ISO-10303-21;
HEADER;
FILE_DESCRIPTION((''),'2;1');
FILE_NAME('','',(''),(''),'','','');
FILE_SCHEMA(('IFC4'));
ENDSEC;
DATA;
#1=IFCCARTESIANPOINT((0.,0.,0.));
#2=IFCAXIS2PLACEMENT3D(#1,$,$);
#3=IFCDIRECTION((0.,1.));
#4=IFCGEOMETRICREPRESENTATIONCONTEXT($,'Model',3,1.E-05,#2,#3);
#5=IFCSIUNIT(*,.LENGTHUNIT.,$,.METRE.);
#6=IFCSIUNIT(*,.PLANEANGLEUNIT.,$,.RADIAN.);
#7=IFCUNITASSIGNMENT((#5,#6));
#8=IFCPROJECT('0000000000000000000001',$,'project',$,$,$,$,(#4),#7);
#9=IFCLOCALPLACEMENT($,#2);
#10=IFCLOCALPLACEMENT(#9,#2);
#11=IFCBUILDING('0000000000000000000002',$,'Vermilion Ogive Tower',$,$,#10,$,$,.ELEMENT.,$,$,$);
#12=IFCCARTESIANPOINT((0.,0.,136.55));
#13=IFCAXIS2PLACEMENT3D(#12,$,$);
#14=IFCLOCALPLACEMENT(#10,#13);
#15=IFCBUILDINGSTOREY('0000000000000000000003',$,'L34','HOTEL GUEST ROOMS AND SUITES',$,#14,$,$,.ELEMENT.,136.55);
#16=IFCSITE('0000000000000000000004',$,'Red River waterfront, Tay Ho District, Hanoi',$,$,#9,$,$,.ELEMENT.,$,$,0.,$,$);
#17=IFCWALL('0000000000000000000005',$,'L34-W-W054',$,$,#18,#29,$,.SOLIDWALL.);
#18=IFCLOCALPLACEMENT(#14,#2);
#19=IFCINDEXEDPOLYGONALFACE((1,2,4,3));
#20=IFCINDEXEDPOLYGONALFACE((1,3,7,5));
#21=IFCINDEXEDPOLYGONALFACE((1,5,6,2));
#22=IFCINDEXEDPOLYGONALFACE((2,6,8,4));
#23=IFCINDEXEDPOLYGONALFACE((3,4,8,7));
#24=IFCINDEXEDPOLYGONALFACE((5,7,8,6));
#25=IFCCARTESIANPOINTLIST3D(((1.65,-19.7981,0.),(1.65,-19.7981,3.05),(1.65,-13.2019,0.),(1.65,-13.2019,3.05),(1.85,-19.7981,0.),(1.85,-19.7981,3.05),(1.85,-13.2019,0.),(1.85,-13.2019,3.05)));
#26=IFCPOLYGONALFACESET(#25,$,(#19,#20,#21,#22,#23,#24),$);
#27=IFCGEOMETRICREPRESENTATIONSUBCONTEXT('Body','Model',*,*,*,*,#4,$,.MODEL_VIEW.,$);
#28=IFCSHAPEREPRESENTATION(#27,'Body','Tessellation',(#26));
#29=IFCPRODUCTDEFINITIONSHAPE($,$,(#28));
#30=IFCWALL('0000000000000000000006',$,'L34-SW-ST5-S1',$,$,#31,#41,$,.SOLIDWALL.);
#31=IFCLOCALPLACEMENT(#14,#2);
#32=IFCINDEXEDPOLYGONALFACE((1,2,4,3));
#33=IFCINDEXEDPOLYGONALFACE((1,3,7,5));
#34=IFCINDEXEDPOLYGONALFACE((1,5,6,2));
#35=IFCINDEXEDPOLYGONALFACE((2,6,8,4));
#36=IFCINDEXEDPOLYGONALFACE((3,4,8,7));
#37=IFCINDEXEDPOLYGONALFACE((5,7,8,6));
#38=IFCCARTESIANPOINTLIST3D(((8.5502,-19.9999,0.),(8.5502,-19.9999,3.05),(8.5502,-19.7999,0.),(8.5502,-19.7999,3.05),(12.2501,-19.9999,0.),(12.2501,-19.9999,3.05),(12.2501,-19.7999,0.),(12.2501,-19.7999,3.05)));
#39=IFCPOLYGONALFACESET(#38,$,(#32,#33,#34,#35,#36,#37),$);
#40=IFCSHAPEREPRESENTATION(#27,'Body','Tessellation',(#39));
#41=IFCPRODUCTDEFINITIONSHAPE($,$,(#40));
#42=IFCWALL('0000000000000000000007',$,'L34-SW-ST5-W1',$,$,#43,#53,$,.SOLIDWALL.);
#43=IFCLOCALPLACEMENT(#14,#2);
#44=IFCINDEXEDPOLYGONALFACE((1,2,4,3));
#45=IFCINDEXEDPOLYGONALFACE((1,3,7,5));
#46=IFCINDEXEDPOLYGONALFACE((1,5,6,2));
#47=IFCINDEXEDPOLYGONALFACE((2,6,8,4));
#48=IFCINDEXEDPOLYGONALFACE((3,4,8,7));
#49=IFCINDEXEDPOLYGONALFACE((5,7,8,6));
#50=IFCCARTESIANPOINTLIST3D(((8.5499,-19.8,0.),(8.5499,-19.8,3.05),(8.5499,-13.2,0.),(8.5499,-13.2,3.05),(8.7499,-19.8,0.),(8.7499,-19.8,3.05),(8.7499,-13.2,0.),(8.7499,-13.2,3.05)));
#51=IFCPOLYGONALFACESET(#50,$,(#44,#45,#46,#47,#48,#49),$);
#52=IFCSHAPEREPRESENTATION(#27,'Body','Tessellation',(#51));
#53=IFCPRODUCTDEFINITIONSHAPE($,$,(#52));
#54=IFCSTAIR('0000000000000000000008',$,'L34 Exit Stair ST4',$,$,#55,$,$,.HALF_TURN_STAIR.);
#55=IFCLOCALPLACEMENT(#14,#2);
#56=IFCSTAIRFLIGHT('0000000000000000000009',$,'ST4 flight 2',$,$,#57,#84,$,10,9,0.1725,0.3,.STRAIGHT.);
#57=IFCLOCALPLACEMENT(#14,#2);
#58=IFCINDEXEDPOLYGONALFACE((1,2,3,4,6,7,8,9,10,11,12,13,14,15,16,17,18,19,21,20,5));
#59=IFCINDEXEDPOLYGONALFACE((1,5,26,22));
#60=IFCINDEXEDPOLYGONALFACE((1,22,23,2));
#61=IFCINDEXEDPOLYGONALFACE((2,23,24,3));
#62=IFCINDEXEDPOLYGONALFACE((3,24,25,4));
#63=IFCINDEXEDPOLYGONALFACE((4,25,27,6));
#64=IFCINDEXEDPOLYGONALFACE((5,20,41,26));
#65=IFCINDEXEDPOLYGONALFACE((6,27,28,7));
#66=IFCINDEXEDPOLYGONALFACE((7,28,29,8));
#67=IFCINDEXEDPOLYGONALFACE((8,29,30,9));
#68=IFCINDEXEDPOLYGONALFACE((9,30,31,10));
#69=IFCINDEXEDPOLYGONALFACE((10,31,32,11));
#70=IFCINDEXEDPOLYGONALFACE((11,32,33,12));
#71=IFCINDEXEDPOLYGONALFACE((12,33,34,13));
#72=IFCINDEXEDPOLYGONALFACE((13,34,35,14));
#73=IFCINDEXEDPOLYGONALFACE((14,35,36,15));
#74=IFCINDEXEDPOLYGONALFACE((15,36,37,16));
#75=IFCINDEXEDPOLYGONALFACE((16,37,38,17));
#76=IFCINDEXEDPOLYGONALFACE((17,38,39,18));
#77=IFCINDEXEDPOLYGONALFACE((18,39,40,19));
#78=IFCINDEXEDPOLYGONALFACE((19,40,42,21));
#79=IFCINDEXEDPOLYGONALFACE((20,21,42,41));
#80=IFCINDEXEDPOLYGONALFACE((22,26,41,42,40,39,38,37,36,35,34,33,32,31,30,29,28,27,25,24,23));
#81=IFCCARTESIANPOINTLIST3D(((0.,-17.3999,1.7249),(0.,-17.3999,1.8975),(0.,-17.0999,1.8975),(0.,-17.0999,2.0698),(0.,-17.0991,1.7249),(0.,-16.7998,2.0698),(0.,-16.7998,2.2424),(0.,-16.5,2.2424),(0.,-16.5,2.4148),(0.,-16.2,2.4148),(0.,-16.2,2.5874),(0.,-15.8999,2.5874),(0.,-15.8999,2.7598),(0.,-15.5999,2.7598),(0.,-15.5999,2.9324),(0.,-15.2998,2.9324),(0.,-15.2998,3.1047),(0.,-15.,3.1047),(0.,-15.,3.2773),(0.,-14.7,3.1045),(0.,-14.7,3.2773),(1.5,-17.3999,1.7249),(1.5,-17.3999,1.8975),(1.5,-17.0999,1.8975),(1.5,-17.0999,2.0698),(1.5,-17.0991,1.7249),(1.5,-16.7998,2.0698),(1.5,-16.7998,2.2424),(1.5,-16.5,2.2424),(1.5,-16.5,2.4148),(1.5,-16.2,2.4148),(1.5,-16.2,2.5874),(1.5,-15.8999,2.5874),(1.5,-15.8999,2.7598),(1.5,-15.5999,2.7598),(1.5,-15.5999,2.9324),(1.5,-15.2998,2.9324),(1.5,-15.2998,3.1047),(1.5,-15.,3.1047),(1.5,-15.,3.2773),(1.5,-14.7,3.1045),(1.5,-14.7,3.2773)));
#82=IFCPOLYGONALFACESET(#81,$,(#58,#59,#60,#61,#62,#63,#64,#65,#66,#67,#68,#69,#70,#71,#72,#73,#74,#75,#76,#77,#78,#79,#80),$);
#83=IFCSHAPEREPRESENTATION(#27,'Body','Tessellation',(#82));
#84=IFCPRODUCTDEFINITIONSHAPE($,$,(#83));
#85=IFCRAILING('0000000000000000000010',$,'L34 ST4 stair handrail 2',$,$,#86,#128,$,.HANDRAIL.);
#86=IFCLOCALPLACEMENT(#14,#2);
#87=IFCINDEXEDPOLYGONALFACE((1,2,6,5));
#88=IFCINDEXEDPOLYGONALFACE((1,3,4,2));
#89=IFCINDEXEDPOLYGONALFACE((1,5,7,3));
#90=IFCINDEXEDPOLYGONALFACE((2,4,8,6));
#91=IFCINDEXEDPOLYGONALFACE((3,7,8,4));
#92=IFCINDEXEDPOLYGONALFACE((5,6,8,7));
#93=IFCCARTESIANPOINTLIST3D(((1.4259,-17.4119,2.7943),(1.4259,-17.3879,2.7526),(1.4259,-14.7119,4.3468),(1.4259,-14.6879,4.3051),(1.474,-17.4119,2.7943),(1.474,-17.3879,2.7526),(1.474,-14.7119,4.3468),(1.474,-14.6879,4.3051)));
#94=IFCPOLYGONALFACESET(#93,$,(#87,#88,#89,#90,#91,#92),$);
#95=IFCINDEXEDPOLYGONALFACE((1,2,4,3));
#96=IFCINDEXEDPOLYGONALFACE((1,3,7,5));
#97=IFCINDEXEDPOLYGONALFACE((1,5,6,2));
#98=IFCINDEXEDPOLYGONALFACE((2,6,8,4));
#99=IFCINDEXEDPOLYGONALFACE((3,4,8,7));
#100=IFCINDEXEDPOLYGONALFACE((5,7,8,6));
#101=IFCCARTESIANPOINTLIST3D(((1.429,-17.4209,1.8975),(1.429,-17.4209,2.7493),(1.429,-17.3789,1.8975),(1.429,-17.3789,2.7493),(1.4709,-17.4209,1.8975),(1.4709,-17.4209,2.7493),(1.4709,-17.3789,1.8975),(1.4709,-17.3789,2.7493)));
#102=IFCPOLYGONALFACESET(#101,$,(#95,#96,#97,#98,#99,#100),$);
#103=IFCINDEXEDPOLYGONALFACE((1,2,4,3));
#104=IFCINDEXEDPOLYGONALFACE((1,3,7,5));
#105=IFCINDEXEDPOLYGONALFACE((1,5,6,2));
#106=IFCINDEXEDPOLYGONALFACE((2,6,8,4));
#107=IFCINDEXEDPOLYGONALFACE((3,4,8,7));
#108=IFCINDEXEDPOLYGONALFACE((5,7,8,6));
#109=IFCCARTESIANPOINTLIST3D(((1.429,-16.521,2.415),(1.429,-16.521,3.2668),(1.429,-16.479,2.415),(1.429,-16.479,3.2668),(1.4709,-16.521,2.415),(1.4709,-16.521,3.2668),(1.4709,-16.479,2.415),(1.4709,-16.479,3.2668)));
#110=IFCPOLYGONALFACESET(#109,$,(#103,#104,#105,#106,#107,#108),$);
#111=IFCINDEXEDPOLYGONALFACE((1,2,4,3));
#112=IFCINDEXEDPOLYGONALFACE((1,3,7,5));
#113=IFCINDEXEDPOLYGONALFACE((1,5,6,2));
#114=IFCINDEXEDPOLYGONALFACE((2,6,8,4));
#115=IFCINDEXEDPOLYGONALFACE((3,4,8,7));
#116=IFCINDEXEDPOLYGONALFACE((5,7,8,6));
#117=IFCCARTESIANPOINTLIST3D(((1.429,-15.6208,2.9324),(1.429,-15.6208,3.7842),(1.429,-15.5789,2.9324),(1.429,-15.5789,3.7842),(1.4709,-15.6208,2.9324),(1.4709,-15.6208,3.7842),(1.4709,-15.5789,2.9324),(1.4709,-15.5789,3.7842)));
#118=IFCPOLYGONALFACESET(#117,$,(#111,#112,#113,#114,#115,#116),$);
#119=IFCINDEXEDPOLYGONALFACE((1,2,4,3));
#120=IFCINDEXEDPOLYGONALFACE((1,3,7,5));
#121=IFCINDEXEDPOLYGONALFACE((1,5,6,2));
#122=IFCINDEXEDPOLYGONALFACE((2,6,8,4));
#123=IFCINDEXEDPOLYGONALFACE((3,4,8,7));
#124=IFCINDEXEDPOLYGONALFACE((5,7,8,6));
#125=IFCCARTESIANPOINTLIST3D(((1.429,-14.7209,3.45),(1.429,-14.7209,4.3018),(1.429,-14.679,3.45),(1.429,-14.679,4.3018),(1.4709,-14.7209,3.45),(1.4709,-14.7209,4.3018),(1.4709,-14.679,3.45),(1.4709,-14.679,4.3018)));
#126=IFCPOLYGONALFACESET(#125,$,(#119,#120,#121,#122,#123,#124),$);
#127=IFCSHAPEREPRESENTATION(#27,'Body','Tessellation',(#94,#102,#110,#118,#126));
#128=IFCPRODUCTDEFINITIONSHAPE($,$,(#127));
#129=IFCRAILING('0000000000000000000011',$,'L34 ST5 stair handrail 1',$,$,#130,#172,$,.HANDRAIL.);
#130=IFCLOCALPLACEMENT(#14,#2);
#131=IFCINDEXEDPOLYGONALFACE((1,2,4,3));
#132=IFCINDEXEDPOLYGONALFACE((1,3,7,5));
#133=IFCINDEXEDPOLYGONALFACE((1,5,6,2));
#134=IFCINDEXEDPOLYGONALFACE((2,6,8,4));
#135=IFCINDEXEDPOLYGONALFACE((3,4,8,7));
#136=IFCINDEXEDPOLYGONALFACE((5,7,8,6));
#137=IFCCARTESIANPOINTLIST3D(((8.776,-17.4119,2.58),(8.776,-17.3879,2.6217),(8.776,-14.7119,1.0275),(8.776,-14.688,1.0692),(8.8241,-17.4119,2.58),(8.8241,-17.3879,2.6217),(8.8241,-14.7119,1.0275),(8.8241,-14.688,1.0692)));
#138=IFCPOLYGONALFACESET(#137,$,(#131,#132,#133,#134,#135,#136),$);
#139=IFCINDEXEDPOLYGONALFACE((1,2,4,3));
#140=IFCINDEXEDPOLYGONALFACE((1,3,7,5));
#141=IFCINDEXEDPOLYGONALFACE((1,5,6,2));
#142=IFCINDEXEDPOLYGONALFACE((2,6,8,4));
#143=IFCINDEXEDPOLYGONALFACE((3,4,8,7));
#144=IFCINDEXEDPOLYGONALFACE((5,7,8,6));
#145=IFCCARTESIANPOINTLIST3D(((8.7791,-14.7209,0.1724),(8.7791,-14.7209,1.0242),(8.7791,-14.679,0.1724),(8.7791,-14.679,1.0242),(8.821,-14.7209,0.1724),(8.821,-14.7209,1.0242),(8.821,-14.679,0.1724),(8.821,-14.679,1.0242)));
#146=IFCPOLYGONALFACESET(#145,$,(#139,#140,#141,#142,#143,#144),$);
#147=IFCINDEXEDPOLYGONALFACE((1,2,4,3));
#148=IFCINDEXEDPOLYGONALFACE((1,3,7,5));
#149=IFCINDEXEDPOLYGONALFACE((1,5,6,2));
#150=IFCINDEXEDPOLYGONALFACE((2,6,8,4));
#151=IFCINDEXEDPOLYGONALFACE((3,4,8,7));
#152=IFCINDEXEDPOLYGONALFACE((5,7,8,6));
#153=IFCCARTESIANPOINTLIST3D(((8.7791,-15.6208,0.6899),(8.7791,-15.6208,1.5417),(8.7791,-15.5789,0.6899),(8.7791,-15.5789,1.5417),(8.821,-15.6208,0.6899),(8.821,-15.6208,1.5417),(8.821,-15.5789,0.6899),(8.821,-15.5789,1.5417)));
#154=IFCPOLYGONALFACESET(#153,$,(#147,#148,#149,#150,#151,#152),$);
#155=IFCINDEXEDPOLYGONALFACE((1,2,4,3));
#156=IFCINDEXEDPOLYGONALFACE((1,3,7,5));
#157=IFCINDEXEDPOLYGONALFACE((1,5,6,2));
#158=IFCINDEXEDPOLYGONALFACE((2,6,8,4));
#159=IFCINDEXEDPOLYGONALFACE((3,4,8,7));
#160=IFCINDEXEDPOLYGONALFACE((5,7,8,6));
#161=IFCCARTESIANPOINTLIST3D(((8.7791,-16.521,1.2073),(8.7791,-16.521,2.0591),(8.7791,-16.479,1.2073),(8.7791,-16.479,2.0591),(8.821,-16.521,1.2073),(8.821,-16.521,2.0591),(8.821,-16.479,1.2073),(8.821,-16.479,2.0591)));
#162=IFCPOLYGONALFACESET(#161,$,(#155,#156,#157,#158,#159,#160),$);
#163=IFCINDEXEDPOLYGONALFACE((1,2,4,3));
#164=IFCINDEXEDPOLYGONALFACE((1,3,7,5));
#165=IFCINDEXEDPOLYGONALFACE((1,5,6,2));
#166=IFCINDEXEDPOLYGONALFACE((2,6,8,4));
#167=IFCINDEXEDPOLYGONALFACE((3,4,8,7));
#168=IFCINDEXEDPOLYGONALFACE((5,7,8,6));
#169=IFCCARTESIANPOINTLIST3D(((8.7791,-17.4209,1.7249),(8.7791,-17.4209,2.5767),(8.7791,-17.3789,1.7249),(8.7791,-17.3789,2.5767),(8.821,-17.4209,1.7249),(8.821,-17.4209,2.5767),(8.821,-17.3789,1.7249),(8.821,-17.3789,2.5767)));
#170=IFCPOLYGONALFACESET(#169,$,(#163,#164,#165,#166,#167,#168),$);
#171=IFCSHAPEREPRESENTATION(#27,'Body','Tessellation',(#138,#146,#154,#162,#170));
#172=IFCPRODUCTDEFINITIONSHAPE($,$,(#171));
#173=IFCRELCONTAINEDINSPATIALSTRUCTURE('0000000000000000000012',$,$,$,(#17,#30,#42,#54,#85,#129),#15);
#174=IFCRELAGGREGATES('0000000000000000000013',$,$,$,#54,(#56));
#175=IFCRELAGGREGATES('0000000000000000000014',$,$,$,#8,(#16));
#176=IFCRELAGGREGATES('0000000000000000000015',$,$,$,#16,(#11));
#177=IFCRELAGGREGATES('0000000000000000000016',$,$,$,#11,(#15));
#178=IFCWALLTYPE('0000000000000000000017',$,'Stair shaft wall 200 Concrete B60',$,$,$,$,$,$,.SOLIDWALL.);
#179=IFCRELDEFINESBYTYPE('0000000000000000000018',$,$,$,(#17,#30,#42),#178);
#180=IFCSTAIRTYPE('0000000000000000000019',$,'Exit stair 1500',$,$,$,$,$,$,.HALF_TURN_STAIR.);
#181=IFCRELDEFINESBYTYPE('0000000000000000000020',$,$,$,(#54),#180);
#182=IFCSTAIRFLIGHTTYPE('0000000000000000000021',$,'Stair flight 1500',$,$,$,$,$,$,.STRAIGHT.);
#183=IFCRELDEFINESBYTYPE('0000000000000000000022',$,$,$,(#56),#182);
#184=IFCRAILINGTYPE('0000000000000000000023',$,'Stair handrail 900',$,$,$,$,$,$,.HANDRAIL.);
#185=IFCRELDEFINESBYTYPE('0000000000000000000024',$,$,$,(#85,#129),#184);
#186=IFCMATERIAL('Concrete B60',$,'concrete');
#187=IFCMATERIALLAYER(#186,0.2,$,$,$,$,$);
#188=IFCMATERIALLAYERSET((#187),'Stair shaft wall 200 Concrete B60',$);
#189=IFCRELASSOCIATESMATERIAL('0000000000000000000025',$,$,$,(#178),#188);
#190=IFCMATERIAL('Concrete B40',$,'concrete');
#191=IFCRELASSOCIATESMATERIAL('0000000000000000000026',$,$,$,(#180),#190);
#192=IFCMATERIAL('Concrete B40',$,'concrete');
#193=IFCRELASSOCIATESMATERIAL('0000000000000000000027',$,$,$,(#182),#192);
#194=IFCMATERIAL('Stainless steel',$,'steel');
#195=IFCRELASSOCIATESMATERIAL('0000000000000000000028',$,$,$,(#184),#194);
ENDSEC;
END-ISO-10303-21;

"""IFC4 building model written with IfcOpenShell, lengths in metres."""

from ifc_helpers import new_model, si_unit, direction, frame, frame_2d, origin, origin_2d, place, context, subcontext, project, spatial, polyline, rectangle, outline, extrude, material, layer, layer_set, type_object, element, aggregate, save


model = new_model("IFC4")

# Units and contexts
model_context = context("Model", 3, precision=1e-05, world=origin(), true_north=direction((0.0, 1.0)))
body_context = subcontext(model_context, "Body", "Model", "MODEL_VIEW")
ifc_project = project(units=[si_unit("LENGTHUNIT", "METRE"), si_unit("PLANEANGLEUNIT", "RADIAN")], contexts=[model_context])

# Site, building, storey
site_placement = place(None, origin())
site = spatial("IfcSite", under=ifc_project, at=site_placement, Name="Red River waterfront, Tay Ho District, Hanoi", CompositionType="ELEMENT", RefElevation=0.0)
building_placement = place(site_placement, origin())
building = spatial("IfcBuilding", under=site, at=building_placement, Name="Vermilion Ogive Tower", CompositionType="ELEMENT")
storey_placement = place(building_placement, frame((0.0, 0.0, 136.55)))
storey = spatial("IfcBuildingStorey", under=building, at=storey_placement, Name="L34", Description="HOTEL GUEST ROOMS AND SUITES", CompositionType="ELEMENT", Elevation=136.55)

# Walls
ifc_material_1 = material(Name="Concrete B60", Category="concrete")
ifc_layer_1 = layer(ifc_material_1, 0.2)
ifc_layer_set_1 = layer_set([ifc_layer_1], Name="Stair shaft wall 200 Concrete B60")
wall_type = type_object("IfcWallType", Name="Stair shaft wall 200 Concrete B60", PredefinedType="SOLIDWALL", material=ifc_layer_set_1)
wall_1_placement = place(storey_placement, frame((1.75, -19.7981, 0.0), z_axis=(0.0, 0.0, 1.0), x_axis=(0.0, 1.0, 0.0)))
element("IfcWall", 1, at=wall_1_placement, inside=storey, type_object=wall_type, Name="L34-W-W054", PredefinedType="SOLIDWALL", context=body_context, shape_type="SweptSolid", body=[
    extrude(rectangle(XDim=6.5962, YDim=0.2, at=frame_2d((3.2981, 0.0))), origin(), (0.0, 0.0, 1.0), 3.05),
])
wall_2_placement = place(storey_placement, frame((8.55, -19.8999, 0.0), z_axis=(0.0, 0.0, 1.0), x_axis=(1.0, 0.0, 0.0)))
element("IfcWall", 2, at=wall_2_placement, inside=storey, type_object=wall_type, Name="L34-SW-ST5-S1", PredefinedType="SOLIDWALL", context=body_context, shape_type="SweptSolid", body=[
    extrude(rectangle(XDim=3.7, YDim=0.2, at=frame_2d((1.8501, 0.0))), origin(), (0.0, 0.0, 1.0), 3.05),
])
wall_3_placement = place(storey_placement, frame((8.6499, -19.8, 0.0), z_axis=(0.0, 0.0, 1.0), x_axis=(0.0, 1.0, 0.0)))
element("IfcWall", 3, at=wall_3_placement, inside=storey, type_object=wall_type, Name="L34-SW-ST5-W1", PredefinedType="SOLIDWALL", context=body_context, shape_type="SweptSolid", body=[
    extrude(rectangle(XDim=6.6001, YDim=0.2, at=frame_2d((3.3, 0.0))), origin(), (0.0, 0.0, 1.0), 3.05),
])

# Stair, stair flight
ifc_material_2 = material(Name="Concrete B40", Category="concrete")
stair_type = type_object("IfcStairType", Name="Exit stair 1500", PredefinedType="HALF_TURN_STAIR", material=ifc_material_2)
stair_placement = place(storey_placement, origin())
stair = element("IfcStair", 4, at=stair_placement, inside=storey, type_object=stair_type, Name="L34 Exit Stair ST4", PredefinedType="HALF_TURN_STAIR")
ifc_material_3 = material(Name="Concrete B40", Category="concrete")
stair_flight_type = type_object("IfcStairFlightType", Name="Stair flight 1500", PredefinedType="STRAIGHT", material=ifc_material_3)
stair_flight_placement = place(storey_placement, frame((0.75, -17.3999, 1.7249), z_axis=(0.0, 0.0, 1.0), x_axis=(0.0, 1.0, 0.0)))
stair_flight = element("IfcStairFlight", 5, at=stair_flight_placement, type_object=stair_flight_type, Name="ST4 flight 2", NumberOfRisers=10, NumberOfTreads=9, PredefinedType="STRAIGHT", RiserHeight=0.1725, TreadLength=0.3, context=body_context, shape_type="SweptSolid", body=[
    extrude(outline(polyline([(0.0, 0.0), (0.0, 0.1726), (0.3, 0.1726), (0.3, 0.345), (0.6001, 0.345), (0.6001, 0.5176), (0.8999, 0.5176), (0.8999, 0.6899), (1.2, 0.6899), (1.2, 0.8625), (1.5, 0.8625), (1.5, 1.0349), (1.8, 1.0349), (1.8, 1.2075), (2.1001, 1.2075), (2.1001, 1.3799), (2.3999, 1.3799), (2.3999, 1.5525), (2.7, 1.5525), (2.7, 1.7251), (2.7, 1.3796), (0.3008, 0.0), (0.0, 0.0)])), frame((0.0, 0.75, 0.0), z_axis=(0.0, -1.0, 0.0), x_axis=(1.0, 0.0, 0.0)), (0.0, 0.0, 1.0), 1.5),
])
aggregate(stair, [stair_flight])

# Railings
ifc_material_4 = material(Name="Stainless steel", Category="steel")
railing_type = type_object("IfcRailingType", Name="Stair handrail 900", PredefinedType="HANDRAIL", material=ifc_material_4)
railing_1_placement = place(storey_placement, frame((1.45, -17.3999, 1.8975)))
element("IfcRailing", 6, at=railing_1_placement, inside=storey, type_object=railing_type, Name="L34 ST4 stair handrail 2", PredefinedType="HANDRAIL", context=body_context, shape_type="SweptSolid", body=[
    extrude(rectangle(XDim=0.0481, YDim=0.0481, at=origin_2d()), frame((0.0, 0.0, 0.876), z_axis=(0.0, 0.866904, 0.498476), x_axis=(-1.0, 0.0, 0.0)), (0.0, 0.0, 1.0), 3.1145),
    extrude(rectangle(XDim=0.042, YDim=0.042, at=origin_2d()), origin(), (0.0, 0.0, 1.0), 0.8518),
    extrude(rectangle(XDim=0.042, YDim=0.042, at=origin_2d()), frame((0.0, 0.8999, 0.5176)), (0.0, 0.0, 1.0), 0.8518),
    extrude(rectangle(XDim=0.042, YDim=0.042, at=origin_2d()), frame((0.0, 1.8, 1.0349)), (0.0, 0.0, 1.0), 0.8518),
    extrude(rectangle(XDim=0.042, YDim=0.042, at=origin_2d()), frame((0.0, 2.7, 1.5525)), (0.0, 0.0, 1.0), 0.8518),
])
railing_2_placement = place(storey_placement, frame((8.8, -14.7, 0.1724)))
element("IfcRailing", 7, at=railing_2_placement, inside=storey, type_object=railing_type, Name="L34 ST5 stair handrail 1", PredefinedType="HANDRAIL", context=body_context, shape_type="SweptSolid", body=[
    extrude(rectangle(XDim=0.0481, YDim=0.0481, at=origin_2d()), frame((0.0, 0.0, 0.876), z_axis=(0.0, -0.866904, 0.498476), x_axis=(1.0, 0.0, 0.0)), (0.0, 0.0, 1.0), 3.1145),
    extrude(rectangle(XDim=0.042, YDim=0.042, at=origin_2d()), origin(), (0.0, 0.0, 1.0), 0.8518),
    extrude(rectangle(XDim=0.042, YDim=0.042, at=origin_2d()), frame((0.0, -0.8999, 0.5176)), (0.0, 0.0, 1.0), 0.8518),
    extrude(rectangle(XDim=0.042, YDim=0.042, at=origin_2d()), frame((0.0, -1.8, 1.0349)), (0.0, 0.0, 1.0), 0.8518),
    extrude(rectangle(XDim=0.042, YDim=0.042, at=origin_2d()), frame((0.0, -2.7, 1.5525)), (0.0, 0.0, 1.0), 0.8518),
])

save(model, "model.ifc")
